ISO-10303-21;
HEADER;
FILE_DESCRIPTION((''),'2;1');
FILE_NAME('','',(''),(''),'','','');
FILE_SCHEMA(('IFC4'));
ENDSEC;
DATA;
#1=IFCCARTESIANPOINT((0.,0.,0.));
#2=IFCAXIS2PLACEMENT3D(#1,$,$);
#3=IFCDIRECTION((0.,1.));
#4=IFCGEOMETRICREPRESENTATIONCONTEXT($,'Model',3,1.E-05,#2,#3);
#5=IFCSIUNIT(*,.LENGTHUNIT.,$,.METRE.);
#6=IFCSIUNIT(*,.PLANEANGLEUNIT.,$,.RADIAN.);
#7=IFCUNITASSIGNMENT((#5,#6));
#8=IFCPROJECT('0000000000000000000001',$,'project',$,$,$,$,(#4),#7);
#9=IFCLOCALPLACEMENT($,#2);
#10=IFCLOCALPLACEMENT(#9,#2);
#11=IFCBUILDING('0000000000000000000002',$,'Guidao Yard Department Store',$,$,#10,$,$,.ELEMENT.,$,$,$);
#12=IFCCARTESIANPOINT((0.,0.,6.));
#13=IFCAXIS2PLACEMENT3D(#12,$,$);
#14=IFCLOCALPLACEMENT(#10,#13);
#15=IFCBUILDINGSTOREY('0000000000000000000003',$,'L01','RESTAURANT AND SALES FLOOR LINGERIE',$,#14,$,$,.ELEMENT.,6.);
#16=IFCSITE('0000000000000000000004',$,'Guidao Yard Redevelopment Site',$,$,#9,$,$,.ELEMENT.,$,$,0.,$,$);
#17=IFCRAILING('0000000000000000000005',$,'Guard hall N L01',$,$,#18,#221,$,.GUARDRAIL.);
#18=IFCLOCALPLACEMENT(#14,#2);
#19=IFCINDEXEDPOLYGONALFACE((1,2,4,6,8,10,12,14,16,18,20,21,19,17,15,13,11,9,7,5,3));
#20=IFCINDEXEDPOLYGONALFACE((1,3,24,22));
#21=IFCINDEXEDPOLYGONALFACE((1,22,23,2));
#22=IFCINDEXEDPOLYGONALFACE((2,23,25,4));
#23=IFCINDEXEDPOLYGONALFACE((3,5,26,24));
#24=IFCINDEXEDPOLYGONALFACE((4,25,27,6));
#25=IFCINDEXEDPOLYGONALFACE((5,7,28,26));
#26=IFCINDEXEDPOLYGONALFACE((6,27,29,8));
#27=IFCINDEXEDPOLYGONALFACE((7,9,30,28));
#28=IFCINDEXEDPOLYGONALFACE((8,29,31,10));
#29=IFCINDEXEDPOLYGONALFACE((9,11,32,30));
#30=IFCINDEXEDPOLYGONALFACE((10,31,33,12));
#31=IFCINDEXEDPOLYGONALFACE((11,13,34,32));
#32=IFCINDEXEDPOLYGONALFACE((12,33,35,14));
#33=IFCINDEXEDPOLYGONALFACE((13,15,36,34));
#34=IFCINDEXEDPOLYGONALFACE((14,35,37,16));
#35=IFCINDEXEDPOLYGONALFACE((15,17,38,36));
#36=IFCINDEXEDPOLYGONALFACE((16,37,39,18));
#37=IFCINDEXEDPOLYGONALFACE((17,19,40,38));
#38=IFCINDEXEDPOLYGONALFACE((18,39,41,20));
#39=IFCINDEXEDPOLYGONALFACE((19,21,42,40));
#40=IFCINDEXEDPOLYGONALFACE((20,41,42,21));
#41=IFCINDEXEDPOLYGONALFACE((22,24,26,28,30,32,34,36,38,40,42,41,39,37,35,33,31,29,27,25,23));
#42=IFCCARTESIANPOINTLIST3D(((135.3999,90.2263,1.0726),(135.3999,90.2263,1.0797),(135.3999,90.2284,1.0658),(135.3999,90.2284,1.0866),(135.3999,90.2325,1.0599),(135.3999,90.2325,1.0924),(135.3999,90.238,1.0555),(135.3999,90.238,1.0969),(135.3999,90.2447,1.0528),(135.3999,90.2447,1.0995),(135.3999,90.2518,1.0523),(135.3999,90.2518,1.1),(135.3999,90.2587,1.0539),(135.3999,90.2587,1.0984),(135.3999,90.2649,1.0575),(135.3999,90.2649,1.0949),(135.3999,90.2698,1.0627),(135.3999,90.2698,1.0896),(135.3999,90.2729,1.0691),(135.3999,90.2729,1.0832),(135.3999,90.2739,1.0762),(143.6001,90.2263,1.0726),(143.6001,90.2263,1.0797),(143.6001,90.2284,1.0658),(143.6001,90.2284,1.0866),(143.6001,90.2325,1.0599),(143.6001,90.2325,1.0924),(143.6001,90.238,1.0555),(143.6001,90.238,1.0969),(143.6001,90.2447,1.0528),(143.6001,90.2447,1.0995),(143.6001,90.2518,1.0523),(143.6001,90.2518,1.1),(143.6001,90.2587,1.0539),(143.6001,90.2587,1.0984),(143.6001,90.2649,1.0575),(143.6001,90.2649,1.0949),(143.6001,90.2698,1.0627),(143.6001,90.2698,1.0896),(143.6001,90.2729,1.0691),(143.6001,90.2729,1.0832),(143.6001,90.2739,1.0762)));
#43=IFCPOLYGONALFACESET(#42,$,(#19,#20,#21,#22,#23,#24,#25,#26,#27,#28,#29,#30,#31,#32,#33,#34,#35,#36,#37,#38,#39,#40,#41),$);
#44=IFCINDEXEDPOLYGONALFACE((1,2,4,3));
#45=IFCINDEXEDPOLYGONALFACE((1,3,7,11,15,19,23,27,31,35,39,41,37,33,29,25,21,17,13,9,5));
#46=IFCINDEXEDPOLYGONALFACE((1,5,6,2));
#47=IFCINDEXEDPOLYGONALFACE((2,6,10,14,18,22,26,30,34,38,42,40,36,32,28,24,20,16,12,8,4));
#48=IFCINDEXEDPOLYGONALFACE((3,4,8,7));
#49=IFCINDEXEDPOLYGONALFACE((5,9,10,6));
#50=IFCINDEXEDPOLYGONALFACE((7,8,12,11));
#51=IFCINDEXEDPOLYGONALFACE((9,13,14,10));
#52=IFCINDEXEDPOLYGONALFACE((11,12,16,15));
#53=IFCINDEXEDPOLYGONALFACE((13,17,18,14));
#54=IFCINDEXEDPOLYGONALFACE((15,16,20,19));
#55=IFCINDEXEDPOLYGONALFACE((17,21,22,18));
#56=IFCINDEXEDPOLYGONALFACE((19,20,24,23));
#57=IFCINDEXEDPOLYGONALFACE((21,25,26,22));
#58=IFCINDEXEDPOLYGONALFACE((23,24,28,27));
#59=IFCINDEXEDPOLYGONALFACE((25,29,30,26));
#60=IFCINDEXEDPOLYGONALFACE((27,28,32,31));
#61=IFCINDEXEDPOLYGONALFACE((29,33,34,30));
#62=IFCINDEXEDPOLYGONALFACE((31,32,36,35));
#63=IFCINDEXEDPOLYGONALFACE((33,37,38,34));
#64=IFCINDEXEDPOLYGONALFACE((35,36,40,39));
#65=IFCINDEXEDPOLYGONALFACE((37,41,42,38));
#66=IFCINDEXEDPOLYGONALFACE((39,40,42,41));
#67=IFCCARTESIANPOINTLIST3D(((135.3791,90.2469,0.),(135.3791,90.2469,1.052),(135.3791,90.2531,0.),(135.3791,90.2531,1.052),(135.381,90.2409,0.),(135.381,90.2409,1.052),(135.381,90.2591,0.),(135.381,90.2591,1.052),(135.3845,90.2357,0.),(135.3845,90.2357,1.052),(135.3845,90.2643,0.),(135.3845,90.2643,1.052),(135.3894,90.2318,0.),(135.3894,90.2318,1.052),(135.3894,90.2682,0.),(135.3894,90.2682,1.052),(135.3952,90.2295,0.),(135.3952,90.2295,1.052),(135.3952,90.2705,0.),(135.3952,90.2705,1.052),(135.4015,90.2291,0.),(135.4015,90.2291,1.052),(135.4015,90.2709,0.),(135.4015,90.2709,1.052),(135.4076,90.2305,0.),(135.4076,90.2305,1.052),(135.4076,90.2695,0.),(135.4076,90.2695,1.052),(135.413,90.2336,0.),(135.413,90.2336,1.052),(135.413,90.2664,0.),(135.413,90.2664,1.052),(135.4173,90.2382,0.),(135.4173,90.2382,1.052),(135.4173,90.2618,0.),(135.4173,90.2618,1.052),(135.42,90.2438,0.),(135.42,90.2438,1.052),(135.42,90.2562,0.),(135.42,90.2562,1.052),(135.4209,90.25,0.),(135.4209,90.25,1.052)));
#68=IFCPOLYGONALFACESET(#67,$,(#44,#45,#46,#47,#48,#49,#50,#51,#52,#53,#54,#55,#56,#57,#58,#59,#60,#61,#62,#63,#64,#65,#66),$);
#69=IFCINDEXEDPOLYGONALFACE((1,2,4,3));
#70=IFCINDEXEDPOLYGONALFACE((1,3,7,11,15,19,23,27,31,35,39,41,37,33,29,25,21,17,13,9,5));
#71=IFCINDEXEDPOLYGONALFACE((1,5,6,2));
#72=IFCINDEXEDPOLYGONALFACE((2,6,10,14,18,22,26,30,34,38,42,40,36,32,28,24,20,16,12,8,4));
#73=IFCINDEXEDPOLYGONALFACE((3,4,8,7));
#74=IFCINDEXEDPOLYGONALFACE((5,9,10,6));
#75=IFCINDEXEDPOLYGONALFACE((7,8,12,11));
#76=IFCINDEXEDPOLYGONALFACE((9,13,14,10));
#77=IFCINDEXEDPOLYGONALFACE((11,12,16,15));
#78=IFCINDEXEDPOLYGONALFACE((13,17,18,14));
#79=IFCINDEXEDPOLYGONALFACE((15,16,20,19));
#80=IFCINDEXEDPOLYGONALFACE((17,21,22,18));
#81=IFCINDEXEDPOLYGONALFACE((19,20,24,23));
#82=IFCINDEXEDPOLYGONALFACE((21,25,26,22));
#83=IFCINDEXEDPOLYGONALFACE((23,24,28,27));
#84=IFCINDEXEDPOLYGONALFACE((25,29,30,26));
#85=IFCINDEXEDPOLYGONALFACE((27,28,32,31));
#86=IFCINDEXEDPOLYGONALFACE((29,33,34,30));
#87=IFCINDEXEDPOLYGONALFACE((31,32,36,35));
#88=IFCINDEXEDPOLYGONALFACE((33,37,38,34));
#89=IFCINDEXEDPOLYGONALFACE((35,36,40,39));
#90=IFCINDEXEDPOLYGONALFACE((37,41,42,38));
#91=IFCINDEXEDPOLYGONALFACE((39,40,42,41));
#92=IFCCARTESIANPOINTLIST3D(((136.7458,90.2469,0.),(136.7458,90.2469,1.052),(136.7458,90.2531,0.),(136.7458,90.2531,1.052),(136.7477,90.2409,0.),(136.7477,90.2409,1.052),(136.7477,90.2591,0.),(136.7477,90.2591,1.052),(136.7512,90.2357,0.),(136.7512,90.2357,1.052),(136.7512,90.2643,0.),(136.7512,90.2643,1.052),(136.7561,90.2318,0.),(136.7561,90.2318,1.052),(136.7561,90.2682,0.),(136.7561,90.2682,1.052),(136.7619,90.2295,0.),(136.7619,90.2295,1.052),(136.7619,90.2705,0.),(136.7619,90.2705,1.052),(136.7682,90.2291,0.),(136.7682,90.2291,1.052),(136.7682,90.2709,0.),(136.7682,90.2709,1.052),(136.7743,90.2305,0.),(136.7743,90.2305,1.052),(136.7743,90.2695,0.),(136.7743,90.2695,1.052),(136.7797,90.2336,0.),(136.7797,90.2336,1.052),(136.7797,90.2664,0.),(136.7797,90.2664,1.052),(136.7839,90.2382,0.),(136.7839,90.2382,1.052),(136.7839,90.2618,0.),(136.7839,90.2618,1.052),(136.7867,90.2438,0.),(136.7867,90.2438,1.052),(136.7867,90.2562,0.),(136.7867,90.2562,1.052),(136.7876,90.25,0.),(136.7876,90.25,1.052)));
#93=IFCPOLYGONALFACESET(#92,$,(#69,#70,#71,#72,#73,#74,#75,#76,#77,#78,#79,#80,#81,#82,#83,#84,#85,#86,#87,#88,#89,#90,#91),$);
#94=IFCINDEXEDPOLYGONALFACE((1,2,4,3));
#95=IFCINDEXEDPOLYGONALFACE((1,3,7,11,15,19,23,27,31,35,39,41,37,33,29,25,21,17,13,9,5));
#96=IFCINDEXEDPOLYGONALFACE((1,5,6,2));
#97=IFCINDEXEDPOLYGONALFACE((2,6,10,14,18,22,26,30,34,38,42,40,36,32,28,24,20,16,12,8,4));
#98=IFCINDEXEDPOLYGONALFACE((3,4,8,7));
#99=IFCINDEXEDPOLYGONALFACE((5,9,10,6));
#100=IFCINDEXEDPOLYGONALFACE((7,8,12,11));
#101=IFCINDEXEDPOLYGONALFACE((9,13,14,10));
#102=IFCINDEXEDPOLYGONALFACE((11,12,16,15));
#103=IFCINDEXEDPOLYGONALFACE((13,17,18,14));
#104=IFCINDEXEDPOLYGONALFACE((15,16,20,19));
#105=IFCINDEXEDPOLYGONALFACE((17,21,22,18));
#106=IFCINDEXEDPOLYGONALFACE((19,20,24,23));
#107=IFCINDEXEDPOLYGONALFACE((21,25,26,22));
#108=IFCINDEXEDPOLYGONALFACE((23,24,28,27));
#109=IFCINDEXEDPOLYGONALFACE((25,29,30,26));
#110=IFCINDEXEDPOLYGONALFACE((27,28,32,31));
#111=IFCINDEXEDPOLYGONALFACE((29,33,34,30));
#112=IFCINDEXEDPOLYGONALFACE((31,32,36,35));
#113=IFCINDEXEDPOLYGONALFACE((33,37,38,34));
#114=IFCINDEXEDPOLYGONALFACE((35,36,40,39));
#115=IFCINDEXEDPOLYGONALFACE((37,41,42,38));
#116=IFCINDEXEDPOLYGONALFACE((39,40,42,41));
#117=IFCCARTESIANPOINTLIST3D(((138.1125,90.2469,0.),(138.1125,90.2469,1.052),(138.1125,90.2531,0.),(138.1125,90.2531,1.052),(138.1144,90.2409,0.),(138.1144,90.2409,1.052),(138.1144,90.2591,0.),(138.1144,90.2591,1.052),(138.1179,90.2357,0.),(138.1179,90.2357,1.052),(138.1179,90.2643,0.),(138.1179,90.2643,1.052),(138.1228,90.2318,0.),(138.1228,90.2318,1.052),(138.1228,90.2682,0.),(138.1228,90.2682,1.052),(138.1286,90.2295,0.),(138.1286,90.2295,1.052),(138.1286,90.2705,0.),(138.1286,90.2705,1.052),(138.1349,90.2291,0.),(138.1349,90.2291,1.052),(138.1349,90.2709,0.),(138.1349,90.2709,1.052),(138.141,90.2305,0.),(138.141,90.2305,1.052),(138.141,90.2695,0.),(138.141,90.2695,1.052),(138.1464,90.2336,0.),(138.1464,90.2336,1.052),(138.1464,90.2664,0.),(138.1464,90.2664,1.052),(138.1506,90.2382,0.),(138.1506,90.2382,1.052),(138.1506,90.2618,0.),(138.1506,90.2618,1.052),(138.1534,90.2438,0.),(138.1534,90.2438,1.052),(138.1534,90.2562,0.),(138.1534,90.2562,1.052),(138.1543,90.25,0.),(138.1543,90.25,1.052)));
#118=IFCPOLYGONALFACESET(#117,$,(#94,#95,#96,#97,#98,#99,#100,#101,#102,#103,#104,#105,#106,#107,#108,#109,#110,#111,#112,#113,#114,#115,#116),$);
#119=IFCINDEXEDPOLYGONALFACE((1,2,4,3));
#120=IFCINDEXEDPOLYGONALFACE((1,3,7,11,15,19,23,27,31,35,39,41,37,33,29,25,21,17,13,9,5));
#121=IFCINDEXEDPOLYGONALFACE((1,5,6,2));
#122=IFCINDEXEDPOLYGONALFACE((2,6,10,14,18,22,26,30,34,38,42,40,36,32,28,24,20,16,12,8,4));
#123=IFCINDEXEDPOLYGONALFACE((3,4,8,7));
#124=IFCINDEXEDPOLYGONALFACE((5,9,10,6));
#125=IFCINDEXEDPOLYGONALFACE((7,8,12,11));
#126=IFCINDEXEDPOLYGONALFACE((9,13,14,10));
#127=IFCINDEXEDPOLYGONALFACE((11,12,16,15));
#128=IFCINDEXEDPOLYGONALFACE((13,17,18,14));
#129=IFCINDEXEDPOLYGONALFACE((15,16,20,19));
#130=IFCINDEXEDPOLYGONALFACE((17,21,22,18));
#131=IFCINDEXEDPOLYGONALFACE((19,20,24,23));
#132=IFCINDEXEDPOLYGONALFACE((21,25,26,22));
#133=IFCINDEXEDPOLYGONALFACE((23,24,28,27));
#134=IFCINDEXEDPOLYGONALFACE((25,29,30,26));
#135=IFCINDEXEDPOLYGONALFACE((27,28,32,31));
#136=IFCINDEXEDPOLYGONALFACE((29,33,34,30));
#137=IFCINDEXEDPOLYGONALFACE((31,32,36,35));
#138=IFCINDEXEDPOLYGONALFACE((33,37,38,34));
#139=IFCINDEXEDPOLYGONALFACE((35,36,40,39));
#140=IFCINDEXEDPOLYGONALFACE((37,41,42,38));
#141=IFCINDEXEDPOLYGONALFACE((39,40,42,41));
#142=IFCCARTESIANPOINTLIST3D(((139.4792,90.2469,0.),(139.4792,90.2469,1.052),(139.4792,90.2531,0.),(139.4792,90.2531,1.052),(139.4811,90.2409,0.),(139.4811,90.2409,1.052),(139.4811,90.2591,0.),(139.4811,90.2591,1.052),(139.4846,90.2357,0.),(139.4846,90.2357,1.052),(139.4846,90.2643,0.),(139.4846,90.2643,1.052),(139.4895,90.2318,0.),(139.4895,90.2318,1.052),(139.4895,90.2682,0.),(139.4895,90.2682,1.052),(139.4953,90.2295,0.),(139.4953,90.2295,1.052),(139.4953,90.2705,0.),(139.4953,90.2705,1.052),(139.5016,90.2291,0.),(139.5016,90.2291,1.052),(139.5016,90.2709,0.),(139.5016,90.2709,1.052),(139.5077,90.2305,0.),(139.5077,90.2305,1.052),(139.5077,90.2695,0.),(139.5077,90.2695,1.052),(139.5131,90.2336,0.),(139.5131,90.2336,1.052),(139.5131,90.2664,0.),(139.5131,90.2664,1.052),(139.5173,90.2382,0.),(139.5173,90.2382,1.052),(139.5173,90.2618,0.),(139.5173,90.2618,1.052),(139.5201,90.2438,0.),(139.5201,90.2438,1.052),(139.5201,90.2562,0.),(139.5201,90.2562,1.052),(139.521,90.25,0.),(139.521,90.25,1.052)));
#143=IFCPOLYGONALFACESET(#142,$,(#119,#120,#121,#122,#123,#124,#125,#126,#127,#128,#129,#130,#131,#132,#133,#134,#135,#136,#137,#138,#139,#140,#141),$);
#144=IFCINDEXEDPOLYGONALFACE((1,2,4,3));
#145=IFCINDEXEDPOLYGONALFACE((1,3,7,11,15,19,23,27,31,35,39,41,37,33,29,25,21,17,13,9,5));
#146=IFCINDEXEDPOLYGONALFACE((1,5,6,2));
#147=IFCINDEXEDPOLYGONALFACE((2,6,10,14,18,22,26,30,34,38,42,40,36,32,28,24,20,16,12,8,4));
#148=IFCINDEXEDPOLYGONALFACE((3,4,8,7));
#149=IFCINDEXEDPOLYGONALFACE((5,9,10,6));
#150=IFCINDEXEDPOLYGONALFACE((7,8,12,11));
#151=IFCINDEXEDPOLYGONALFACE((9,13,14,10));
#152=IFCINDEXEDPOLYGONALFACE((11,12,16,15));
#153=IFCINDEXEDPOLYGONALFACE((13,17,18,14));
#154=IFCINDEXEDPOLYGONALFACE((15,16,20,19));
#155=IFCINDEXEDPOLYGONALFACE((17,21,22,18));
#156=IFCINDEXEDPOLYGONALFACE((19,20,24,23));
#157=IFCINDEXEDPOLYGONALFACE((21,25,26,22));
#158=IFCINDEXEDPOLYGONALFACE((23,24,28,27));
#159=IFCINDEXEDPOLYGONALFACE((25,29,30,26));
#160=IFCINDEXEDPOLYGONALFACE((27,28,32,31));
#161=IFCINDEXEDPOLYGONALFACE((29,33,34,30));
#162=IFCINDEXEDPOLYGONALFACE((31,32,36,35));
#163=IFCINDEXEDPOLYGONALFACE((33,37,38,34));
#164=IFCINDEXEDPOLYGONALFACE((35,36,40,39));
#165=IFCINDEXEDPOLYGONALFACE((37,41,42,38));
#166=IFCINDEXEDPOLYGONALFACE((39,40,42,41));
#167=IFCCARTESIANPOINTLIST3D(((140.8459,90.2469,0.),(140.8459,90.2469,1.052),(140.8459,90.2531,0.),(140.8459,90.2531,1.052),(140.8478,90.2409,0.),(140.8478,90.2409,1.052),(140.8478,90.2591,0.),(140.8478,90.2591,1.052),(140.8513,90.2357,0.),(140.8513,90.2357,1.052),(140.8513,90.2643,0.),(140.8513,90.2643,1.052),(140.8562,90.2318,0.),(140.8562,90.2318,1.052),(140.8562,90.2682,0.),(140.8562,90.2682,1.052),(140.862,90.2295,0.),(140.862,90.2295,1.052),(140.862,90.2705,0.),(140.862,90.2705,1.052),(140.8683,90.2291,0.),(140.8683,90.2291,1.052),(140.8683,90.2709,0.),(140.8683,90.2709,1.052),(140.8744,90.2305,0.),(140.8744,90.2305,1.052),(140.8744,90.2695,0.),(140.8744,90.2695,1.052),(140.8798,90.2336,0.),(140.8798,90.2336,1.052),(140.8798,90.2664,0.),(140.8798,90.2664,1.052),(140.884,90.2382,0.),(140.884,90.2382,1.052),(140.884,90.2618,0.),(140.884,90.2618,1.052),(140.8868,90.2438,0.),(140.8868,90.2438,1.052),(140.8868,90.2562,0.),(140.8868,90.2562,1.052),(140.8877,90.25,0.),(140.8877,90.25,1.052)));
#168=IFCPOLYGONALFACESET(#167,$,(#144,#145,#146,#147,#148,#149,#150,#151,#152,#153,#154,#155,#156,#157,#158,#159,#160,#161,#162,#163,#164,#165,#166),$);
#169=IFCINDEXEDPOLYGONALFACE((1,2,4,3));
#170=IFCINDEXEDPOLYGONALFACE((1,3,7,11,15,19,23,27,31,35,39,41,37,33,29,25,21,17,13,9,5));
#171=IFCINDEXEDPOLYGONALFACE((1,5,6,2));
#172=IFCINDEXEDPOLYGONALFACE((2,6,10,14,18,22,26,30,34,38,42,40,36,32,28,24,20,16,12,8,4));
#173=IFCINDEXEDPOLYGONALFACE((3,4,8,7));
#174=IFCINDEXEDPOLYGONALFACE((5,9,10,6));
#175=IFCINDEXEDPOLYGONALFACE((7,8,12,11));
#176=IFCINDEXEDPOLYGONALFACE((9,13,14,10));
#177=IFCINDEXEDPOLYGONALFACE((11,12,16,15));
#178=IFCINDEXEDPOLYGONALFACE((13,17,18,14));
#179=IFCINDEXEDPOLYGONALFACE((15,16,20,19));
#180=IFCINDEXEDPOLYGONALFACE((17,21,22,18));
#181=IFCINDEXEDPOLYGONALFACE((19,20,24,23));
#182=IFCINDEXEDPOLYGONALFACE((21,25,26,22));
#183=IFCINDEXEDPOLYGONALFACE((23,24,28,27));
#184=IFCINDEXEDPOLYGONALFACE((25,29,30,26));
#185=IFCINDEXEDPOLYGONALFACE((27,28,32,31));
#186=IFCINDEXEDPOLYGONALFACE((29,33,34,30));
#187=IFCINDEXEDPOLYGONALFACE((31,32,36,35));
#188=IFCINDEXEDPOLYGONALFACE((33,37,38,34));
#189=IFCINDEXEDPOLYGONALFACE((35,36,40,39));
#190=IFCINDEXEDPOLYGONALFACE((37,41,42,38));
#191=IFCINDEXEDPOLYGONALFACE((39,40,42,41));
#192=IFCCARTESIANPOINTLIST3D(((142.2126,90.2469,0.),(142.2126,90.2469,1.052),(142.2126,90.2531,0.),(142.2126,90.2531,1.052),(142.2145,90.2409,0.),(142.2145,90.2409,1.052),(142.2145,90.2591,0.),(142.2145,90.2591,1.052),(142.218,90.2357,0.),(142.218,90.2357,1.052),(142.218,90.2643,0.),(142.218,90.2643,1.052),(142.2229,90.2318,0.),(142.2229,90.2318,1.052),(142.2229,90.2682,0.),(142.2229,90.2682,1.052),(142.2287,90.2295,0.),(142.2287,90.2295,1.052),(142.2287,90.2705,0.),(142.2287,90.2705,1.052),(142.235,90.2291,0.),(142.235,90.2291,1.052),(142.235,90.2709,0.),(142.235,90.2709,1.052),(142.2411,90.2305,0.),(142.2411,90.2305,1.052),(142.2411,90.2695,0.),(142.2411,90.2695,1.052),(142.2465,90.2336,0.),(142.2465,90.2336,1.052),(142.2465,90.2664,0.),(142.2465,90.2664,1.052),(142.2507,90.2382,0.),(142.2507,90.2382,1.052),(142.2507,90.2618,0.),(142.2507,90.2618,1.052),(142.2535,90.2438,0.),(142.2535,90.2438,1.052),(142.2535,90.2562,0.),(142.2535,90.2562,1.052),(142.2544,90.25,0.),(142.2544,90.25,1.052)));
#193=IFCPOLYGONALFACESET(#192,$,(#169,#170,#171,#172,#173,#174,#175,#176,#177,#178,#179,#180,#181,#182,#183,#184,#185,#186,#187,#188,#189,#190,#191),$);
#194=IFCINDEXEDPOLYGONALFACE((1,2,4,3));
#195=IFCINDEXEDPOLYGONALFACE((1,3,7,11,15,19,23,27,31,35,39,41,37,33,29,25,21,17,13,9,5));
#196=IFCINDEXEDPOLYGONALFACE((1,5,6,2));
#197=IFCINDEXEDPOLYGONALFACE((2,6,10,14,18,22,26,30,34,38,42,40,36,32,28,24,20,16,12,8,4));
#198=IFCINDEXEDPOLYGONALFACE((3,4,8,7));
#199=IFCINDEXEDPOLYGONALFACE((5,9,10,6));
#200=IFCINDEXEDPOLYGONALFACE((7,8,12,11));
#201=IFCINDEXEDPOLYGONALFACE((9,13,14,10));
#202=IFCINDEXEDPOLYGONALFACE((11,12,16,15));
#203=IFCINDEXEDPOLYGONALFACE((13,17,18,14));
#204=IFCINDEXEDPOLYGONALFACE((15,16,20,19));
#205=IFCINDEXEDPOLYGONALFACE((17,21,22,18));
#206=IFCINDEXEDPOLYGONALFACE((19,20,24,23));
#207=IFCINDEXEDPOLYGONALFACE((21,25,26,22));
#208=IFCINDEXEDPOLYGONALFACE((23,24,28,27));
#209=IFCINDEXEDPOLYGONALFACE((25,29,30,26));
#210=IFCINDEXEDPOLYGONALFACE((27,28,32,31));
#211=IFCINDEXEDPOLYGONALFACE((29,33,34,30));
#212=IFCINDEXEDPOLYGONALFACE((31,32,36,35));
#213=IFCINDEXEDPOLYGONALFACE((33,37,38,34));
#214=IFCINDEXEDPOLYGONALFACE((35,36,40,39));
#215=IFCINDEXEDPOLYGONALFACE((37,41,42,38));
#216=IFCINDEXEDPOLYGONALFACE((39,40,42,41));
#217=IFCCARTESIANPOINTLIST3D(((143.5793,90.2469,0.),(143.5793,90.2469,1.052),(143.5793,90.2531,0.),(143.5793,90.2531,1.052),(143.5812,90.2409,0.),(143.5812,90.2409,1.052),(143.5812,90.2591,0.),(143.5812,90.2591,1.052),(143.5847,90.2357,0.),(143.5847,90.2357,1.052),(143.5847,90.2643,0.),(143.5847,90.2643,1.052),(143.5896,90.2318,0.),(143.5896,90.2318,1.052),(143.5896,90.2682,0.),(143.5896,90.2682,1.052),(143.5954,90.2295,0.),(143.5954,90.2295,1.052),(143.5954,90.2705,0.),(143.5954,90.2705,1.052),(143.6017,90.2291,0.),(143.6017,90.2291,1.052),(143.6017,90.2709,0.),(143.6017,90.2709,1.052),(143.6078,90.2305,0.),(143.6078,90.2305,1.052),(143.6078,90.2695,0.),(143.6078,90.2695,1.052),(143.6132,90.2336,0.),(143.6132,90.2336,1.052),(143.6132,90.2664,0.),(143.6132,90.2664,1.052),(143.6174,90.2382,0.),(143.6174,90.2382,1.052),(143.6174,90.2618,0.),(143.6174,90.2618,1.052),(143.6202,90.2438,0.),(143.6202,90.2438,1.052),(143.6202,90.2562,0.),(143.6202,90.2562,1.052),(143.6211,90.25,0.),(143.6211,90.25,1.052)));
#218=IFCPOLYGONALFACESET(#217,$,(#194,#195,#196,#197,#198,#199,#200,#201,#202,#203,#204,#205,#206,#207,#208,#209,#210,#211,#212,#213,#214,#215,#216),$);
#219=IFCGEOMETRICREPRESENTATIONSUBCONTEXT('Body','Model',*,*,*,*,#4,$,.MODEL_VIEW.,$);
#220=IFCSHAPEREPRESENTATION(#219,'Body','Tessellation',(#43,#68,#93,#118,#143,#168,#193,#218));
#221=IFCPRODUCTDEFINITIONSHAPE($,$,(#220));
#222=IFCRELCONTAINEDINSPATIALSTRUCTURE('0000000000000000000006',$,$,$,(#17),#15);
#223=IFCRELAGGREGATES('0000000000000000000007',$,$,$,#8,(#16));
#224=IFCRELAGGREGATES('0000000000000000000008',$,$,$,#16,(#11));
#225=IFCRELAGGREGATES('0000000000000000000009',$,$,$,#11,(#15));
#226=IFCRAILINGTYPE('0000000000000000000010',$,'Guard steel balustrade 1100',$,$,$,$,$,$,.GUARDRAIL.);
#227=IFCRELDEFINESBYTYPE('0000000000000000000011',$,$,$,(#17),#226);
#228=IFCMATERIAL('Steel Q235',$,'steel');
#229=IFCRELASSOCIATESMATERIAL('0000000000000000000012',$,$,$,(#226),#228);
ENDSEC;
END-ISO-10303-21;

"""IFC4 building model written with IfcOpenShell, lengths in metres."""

from ifc_helpers import new_model, si_unit, direction, frame, origin, origin_2d, place, context, subcontext, project, spatial, circle, extrude, material, type_object, element, save


model = new_model("IFC4")

# Units and contexts
model_context = context("Model", 3, precision=1e-05, world=origin(), true_north=direction((0.0, 1.0)))
body_context = subcontext(model_context, "Body", "Model", "MODEL_VIEW")
ifc_project = project(units=[si_unit("LENGTHUNIT", "METRE"), si_unit("PLANEANGLEUNIT", "RADIAN")], contexts=[model_context])

# Site, building, storey
site_placement = place(None, origin())
site = spatial("IfcSite", under=ifc_project, at=site_placement, Name="Guidao Yard Redevelopment Site", CompositionType="ELEMENT", RefElevation=0.0)
building_placement = place(site_placement, origin())
building = spatial("IfcBuilding", under=site, at=building_placement, Name="Guidao Yard Department Store", CompositionType="ELEMENT")
storey_placement = place(building_placement, frame((0.0, 0.0, 6.0)))
storey = spatial("IfcBuildingStorey", under=building, at=storey_placement, Name="L01", Description="RESTAURANT AND SALES FLOOR LINGERIE", CompositionType="ELEMENT", Elevation=6.0)

# Railing
ifc_material_1 = material(Name="Steel Q235", Category="steel")
railing_type = type_object("IfcRailingType", Name="Guard steel balustrade 1100", PredefinedType="GUARDRAIL", material=ifc_material_1)
for number, where, name in (
    (1, (135.3999, 90.25, 0.0), "Guard hall N L01"),
):
    element("IfcRailing", number, at=place(storey_placement, frame(where)), inside=storey, type_object=railing_type, Name=name, PredefinedType="GUARDRAIL", context=body_context, shape_type="SweptSolid", body=[
        extrude(circle(Radius=0.0239, at=origin_2d()), frame((0.0, 0.0, 1.0762), z_axis=(1.0, 0.0, 0.0), x_axis=(0.0, 1.0, 0.0)), (0.0, 0.0, 1.0), 8.2002),
        extrude(circle(Radius=0.021, at=origin_2d()), origin(), (0.0, 0.0, 1.0), 1.052),
        extrude(circle(Radius=0.021, at=origin_2d()), frame((1.3667, 0.0, 0.0)), (0.0, 0.0, 1.0), 1.052),
        extrude(circle(Radius=0.021, at=origin_2d()), frame((2.7334, 0.0, 0.0)), (0.0, 0.0, 1.0), 1.052),
        extrude(circle(Radius=0.021, at=origin_2d()), frame((4.1001, 0.0, 0.0)), (0.0, 0.0, 1.0), 1.052),
        extrude(circle(Radius=0.021, at=origin_2d()), frame((5.4668, 0.0, 0.0)), (0.0, 0.0, 1.0), 1.052),
        extrude(circle(Radius=0.021, at=origin_2d()), frame((6.8335, 0.0, 0.0)), (0.0, 0.0, 1.0), 1.052),
        extrude(circle(Radius=0.021, at=origin_2d()), frame((8.2002, 0.0, 0.0)), (0.0, 0.0, 1.0), 1.052),
    ])

save(model, "model.ifc")
